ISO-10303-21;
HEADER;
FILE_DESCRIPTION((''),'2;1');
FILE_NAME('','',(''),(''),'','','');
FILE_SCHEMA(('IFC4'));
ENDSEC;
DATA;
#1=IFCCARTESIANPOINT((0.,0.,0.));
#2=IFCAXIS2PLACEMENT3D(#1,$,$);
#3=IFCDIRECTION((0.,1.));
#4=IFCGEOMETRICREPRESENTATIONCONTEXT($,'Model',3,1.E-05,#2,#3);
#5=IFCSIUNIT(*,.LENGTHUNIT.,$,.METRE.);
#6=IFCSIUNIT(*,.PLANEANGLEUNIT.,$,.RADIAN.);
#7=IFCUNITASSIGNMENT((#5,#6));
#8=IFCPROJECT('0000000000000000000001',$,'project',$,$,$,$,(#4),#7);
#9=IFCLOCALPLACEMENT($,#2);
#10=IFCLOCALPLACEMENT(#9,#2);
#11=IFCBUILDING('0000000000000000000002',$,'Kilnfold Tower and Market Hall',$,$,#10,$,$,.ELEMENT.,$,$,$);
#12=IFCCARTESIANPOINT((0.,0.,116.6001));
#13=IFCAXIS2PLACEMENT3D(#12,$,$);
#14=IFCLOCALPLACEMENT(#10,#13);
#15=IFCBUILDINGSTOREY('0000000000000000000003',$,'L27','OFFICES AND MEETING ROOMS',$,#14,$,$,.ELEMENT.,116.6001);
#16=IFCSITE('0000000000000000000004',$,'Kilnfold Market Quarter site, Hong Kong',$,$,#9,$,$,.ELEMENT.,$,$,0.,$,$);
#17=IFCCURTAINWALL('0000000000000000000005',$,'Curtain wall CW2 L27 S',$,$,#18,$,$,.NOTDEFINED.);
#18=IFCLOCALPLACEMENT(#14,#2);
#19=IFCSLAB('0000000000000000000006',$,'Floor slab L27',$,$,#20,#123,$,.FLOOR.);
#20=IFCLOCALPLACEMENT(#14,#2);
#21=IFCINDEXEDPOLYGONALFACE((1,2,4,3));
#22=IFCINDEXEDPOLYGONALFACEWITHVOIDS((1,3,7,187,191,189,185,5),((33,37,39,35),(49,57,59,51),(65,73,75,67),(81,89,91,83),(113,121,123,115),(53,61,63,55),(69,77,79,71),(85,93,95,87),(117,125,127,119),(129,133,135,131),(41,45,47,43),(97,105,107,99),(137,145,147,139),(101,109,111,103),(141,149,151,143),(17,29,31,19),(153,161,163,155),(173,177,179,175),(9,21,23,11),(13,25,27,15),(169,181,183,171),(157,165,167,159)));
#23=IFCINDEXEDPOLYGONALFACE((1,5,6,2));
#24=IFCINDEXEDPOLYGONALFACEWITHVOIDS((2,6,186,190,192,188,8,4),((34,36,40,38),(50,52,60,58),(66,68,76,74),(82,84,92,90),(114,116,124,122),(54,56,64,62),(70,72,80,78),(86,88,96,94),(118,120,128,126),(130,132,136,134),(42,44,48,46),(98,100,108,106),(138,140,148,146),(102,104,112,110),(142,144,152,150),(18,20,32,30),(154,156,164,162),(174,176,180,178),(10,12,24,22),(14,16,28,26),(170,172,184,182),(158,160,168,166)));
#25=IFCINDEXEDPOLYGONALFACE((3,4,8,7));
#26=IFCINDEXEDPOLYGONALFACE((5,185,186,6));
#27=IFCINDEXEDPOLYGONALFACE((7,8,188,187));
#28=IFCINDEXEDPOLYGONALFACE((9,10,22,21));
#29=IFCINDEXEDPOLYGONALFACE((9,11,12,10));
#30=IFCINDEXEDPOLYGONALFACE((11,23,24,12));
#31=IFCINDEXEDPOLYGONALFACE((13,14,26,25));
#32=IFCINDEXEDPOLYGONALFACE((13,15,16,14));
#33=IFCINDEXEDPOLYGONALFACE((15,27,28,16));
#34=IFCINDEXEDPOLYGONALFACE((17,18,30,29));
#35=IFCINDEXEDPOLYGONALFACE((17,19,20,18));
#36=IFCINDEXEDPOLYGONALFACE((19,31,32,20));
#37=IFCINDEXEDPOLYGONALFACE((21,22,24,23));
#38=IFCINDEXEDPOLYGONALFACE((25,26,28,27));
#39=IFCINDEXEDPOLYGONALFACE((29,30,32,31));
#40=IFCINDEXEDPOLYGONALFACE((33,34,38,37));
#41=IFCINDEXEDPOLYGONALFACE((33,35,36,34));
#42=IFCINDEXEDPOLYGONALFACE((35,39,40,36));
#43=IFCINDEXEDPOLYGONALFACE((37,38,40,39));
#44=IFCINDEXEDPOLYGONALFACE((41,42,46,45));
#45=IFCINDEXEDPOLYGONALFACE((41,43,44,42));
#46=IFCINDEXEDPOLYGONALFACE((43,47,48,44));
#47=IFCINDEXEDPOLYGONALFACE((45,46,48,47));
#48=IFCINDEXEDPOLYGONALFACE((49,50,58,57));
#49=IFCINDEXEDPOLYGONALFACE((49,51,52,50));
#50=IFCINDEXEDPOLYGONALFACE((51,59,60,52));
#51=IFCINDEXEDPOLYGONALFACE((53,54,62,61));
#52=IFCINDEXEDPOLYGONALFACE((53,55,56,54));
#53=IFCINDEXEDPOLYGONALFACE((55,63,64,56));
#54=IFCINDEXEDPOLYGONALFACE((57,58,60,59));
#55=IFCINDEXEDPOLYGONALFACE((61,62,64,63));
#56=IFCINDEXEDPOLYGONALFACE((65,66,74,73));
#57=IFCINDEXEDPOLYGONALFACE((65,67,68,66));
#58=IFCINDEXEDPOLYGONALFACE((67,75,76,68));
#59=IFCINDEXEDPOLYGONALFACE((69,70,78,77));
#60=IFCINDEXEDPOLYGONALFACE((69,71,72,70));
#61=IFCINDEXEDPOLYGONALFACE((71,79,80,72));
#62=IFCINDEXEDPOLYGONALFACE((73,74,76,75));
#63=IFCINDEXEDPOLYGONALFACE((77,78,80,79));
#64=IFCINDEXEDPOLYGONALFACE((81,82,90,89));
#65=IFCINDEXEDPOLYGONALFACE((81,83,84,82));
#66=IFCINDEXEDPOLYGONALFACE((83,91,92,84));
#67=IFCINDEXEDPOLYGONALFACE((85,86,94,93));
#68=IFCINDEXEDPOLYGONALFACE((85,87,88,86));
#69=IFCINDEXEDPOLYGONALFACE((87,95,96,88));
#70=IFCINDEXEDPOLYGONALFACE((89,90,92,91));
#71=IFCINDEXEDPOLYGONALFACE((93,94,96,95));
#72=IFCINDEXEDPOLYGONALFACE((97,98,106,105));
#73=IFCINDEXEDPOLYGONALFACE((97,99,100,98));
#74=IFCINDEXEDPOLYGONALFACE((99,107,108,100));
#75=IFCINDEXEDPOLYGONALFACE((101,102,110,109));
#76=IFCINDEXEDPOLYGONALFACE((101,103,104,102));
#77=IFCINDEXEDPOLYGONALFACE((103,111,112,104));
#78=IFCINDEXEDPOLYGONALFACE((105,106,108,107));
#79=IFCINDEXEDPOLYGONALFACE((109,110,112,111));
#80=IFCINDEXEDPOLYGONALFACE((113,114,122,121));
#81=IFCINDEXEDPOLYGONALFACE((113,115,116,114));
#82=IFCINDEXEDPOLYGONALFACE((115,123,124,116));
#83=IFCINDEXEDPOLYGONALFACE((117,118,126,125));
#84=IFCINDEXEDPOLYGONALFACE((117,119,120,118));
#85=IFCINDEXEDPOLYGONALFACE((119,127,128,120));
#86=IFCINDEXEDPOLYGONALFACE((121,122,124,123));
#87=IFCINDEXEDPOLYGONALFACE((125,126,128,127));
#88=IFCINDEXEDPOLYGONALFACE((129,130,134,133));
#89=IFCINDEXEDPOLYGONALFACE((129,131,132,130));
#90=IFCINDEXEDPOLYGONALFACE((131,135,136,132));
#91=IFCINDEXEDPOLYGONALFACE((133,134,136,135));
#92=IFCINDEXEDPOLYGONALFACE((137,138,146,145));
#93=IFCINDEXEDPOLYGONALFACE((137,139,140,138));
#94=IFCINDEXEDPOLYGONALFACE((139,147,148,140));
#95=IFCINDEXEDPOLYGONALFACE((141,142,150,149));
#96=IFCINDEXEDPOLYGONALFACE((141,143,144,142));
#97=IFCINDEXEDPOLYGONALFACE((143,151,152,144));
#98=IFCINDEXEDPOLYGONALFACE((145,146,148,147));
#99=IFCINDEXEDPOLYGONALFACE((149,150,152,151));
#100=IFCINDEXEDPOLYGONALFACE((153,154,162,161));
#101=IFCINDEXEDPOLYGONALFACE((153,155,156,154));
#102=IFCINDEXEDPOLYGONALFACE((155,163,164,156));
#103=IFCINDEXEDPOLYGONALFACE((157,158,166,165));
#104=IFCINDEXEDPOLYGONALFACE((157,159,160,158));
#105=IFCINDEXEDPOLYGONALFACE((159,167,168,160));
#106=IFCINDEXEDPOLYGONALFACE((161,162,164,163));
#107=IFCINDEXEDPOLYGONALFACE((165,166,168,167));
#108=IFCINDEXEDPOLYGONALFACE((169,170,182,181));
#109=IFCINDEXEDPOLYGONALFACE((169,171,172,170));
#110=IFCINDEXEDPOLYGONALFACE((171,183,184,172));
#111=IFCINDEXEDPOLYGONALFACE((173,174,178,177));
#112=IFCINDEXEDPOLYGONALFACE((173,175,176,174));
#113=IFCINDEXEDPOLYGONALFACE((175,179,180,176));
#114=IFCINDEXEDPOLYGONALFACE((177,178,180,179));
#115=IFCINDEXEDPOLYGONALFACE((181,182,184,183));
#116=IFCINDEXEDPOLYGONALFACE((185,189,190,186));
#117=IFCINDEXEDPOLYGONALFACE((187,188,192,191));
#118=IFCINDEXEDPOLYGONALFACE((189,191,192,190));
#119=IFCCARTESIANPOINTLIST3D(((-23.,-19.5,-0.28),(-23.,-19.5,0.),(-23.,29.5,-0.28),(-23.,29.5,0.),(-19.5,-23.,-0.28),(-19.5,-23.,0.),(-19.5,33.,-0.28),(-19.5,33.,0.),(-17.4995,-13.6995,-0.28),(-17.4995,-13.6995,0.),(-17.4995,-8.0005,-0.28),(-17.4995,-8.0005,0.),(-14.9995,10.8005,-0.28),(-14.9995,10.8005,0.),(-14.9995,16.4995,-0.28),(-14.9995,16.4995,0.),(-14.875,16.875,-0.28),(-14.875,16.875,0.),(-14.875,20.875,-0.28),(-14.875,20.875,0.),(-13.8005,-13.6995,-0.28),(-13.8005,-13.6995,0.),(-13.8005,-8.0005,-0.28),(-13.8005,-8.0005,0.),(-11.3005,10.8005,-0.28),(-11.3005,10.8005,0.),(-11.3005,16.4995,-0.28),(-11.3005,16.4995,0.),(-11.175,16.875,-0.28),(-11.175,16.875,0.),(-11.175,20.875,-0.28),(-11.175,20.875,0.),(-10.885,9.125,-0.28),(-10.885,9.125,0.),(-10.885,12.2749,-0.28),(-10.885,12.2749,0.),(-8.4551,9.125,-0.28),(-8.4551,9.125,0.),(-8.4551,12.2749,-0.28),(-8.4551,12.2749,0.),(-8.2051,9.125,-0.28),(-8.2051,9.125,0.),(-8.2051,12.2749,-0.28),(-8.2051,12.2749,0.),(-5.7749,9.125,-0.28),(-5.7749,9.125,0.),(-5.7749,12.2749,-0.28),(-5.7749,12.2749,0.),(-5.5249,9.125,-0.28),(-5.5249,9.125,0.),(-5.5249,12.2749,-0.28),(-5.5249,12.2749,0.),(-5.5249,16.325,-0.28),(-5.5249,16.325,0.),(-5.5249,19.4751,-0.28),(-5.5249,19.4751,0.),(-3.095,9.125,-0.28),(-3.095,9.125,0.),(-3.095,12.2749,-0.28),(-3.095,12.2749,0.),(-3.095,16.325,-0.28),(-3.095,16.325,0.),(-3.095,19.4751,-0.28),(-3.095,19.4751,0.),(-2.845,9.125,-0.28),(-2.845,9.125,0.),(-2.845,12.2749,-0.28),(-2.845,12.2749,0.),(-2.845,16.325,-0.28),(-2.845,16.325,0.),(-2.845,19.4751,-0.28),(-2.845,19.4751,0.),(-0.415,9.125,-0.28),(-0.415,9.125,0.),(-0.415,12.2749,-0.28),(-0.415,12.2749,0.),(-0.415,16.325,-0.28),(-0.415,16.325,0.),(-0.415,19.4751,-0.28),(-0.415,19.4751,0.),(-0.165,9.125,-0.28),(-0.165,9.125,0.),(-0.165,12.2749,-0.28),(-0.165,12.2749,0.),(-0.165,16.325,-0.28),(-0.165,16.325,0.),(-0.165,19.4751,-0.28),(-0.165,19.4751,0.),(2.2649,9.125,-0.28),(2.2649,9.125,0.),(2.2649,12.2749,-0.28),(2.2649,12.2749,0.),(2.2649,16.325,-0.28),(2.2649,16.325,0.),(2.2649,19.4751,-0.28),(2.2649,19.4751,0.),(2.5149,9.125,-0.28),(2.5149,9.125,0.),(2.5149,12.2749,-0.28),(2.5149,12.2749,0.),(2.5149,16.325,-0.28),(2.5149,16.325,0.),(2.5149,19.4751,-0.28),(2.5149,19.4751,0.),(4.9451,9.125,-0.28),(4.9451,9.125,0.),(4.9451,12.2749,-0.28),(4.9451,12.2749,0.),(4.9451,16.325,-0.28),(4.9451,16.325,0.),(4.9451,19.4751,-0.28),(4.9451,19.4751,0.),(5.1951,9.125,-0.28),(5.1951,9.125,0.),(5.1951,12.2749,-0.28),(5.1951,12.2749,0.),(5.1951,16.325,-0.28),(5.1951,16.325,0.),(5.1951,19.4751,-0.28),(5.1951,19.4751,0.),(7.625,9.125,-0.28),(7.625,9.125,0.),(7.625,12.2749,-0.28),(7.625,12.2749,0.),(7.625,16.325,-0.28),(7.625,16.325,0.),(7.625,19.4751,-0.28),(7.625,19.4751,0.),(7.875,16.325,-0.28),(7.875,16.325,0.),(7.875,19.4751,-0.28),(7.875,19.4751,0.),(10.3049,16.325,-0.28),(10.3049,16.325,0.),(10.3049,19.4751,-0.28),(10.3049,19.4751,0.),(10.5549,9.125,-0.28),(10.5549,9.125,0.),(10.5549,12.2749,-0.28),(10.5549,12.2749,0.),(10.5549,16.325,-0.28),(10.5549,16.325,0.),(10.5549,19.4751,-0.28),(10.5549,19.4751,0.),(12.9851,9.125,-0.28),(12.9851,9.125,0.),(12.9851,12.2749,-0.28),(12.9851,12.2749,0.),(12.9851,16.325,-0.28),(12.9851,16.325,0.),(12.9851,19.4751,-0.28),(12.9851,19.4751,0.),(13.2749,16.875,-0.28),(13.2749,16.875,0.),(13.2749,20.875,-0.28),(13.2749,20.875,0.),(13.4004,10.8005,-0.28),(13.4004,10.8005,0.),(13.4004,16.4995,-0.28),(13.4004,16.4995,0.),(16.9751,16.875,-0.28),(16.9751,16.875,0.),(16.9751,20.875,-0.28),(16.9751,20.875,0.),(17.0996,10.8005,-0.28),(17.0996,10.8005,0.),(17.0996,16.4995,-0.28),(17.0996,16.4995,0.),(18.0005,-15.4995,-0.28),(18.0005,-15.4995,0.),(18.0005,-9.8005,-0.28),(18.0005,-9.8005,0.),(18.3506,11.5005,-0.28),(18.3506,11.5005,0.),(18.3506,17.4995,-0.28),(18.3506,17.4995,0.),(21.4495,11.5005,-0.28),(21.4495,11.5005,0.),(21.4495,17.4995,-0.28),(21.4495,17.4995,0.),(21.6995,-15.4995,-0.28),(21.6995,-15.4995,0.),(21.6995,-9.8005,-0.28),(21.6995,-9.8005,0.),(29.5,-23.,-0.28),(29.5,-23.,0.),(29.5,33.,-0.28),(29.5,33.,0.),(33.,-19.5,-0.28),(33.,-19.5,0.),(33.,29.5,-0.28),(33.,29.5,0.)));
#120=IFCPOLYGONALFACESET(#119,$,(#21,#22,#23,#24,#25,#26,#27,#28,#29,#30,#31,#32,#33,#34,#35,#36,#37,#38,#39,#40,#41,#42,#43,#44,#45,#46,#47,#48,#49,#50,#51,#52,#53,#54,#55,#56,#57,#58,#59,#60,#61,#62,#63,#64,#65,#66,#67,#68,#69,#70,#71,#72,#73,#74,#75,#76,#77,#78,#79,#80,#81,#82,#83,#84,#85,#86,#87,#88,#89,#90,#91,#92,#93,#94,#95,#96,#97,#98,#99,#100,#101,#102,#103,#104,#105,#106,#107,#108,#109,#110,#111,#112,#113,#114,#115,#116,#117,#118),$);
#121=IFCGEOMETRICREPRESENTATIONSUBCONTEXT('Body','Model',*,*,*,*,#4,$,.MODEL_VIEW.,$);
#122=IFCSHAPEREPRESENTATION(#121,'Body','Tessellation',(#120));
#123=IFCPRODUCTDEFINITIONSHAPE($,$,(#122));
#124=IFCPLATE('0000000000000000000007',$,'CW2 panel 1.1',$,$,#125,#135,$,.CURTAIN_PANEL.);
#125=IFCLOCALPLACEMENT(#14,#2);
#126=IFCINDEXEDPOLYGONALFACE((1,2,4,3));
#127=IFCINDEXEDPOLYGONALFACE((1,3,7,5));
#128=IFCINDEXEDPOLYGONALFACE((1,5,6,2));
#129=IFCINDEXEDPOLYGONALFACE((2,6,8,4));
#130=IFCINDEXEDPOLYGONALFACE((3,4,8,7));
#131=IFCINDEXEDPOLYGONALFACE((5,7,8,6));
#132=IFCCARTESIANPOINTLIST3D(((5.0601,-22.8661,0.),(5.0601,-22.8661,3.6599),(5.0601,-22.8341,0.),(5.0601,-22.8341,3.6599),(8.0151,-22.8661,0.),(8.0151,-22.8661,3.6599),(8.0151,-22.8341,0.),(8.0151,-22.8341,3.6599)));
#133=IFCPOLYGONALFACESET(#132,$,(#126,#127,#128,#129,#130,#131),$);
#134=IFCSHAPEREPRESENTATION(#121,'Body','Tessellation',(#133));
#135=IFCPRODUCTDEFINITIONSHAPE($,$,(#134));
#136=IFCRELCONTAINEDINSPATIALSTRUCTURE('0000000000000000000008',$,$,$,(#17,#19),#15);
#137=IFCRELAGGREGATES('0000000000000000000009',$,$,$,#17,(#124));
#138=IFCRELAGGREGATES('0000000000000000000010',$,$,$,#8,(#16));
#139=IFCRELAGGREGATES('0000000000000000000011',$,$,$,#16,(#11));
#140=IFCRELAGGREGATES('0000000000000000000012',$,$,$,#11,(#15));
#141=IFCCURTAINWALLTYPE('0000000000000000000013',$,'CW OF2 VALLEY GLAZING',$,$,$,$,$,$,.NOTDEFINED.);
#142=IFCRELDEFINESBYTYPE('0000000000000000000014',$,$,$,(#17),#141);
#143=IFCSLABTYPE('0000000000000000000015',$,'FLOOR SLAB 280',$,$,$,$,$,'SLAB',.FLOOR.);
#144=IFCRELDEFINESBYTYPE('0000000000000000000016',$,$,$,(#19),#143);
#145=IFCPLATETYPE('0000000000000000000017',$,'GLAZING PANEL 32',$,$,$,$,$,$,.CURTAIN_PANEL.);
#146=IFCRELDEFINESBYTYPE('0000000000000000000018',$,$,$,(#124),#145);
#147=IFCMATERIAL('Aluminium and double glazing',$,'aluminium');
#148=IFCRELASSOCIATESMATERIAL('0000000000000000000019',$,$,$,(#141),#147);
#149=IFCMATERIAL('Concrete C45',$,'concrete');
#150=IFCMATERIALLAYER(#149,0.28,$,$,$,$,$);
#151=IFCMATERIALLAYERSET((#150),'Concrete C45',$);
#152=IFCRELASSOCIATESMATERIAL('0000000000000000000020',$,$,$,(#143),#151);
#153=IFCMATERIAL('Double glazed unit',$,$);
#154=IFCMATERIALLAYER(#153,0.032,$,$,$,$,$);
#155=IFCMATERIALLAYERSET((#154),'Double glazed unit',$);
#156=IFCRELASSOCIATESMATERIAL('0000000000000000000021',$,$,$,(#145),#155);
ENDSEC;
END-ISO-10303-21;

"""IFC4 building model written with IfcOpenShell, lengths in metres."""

from ifc_helpers import new_model, si_unit, direction, frame, origin, origin_2d, place, context, subcontext, project, spatial, polyline, rectangle, outline, extrude, source, transform, mapped, material, layer, layer_set, type_object, element, aggregate, save


model = new_model("IFC4")

# Units and contexts
model_context = context("Model", 3, precision=1e-05, world=origin(), true_north=direction((0.0, 1.0)))
body_context = subcontext(model_context, "Body", "Model", "MODEL_VIEW")
ifc_project = project(units=[si_unit("LENGTHUNIT", "METRE"), si_unit("PLANEANGLEUNIT", "RADIAN")], contexts=[model_context])

# Site, building, storey
site_placement = place(None, origin())
site = spatial("IfcSite", under=ifc_project, at=site_placement, Name="Kilnfold Market Quarter site, Hong Kong", CompositionType="ELEMENT", RefElevation=0.0)
building_placement = place(site_placement, origin())
building = spatial("IfcBuilding", under=site, at=building_placement, Name="Kilnfold Tower and Market Hall", CompositionType="ELEMENT")
storey_placement = place(building_placement, frame((0.0, 0.0, 116.6001)))
storey = spatial("IfcBuildingStorey", under=building, at=storey_placement, Name="L27", Description="OFFICES AND MEETING ROOMS", CompositionType="ELEMENT", Elevation=116.6001)

# Curtain wall
ifc_material_1 = material(Name="Aluminium and double glazing", Category="aluminium")
curtain_wall_type = type_object("IfcCurtainWallType", Name="CW OF2 VALLEY GLAZING", PredefinedType="NOTDEFINED", material=ifc_material_1)
curtain_wall_1_placement = place(storey_placement, origin())
curtain_wall_1 = element("IfcCurtainWall", 1, at=curtain_wall_1_placement, inside=storey, type_object=curtain_wall_type, Name="Curtain wall CW2 L27 S", PredefinedType="NOTDEFINED")

# Slab
ifc_material_2 = material(Name="Concrete C45", Category="concrete")
ifc_layer_1 = layer(ifc_material_2, 0.28)
ifc_layer_set_1 = layer_set([ifc_layer_1], Name="Concrete C45")
slab_type_1 = type_object("IfcSlabType", Name="FLOOR SLAB 280", ElementType="SLAB", PredefinedType="FLOOR", material=ifc_layer_set_1)
shared_shape_1 = source(origin(), body_context, "Body", "SweptSolid", [
    extrude(outline(polyline([(-19.5, -23.0), (29.5, -23.0), (33.0, -19.5), (33.0, 29.5), (29.5, 33.0), (-19.5, 33.0), (-23.0, 29.5), (-23.0, -19.5), (-19.5, -23.0)]), holes=[polyline([(-13.8005, -13.6995), (-17.4995, -13.6995), (-17.4995, -8.0005), (-13.8005, -8.0005), (-13.8005, -13.6995)]), polyline([(-14.9995, 10.8005), (-14.9995, 16.4995), (-11.3005, 16.4995), (-11.3005, 10.8005), (-14.9995, 10.8005)]), polyline([(-14.875, 16.875), (-14.875, 20.875), (-11.175, 20.875), (-11.175, 16.875), (-14.875, 16.875)]), polyline([(-8.4551, 9.125), (-10.885, 9.125), (-10.885, 12.2749), (-8.4551, 12.2749), (-8.4551, 9.125)]), polyline([(-5.7749, 9.125), (-8.2051, 9.125), (-8.2051, 12.2749), (-5.7749, 12.2749), (-5.7749, 9.125)]), polyline([(-5.5249, 9.125), (-5.5249, 12.2749), (-3.095, 12.2749), (-3.095, 9.125), (-5.5249, 9.125)]), polyline([(-5.5249, 16.325), (-5.5249, 19.4751), (-3.095, 19.4751), (-3.095, 16.325), (-5.5249, 16.325)]), polyline([(-2.845, 9.125), (-2.845, 12.2749), (-0.415, 12.2749), (-0.415, 9.125), (-2.845, 9.125)]), polyline([(-0.415, 16.325), (-2.845, 16.325), (-2.845, 19.4751), (-0.415, 19.4751), (-0.415, 16.325)]), polyline([(2.2649, 9.125), (-0.165, 9.125), (-0.165, 12.2749), (2.2649, 12.2749), (2.2649, 9.125)]), polyline([(-0.165, 16.325), (-0.165, 19.4751), (2.2649, 19.4751), (2.2649, 16.325), (-0.165, 16.325)]), polyline([(4.9451, 9.125), (2.5149, 9.125), (2.5149, 12.2749), (4.9451, 12.2749), (4.9451, 9.125)]), polyline([(2.5149, 16.325), (2.5149, 19.4751), (4.9451, 19.4751), (4.9451, 16.325), (2.5149, 16.325)]), polyline([(7.625, 9.125), (5.1951, 9.125), (5.1951, 12.2749), (7.625, 12.2749), (7.625, 9.125)]), polyline([(5.1951, 16.325), (5.1951, 19.4751), (7.625, 19.4751), (7.625, 16.325), (5.1951, 16.325)]), polyline([(10.3049, 16.325), (7.875, 16.325), (7.875, 19.4751), (10.3049, 19.4751), (10.3049, 16.325)]), polyline([(10.5549, 9.125), (10.5549, 12.2749), (12.9851, 12.2749), (12.9851, 9.125), (10.5549, 9.125)]), polyline([(10.5549, 16.325), (10.5549, 19.4751), (12.9851, 19.4751), (12.9851, 16.325), (10.5549, 16.325)]), polyline([(13.2749, 16.875), (13.2749, 20.875), (16.9751, 20.875), (16.9751, 16.875), (13.2749, 16.875)]), polyline([(13.4004, 10.8005), (13.4004, 16.4995), (17.0996, 16.4995), (17.0996, 10.8005), (13.4004, 10.8005)]), polyline([(18.0005, -9.8005), (21.6995, -9.8005), (21.6995, -15.4995), (18.0005, -15.4995), (18.0005, -9.8005)]), polyline([(21.4495, 11.5005), (18.3506, 11.5005), (18.3506, 17.4995), (21.4495, 17.4995), (21.4495, 11.5005)])]), origin(), (0.0, 0.0, 1.0), 0.28),
])
slab_1_placement = place(storey_placement, frame((0.0, 0.0, -0.28)))
element("IfcSlab", 2, at=slab_1_placement, inside=storey, type_object=slab_type_1, Name="Floor slab L27", PredefinedType="FLOOR", context=body_context, shape_type="MappedRepresentation", body=[
    mapped(shared_shape_1, transform((0.0, 0.0, 0.0))),
])

# Plate
ifc_material_3 = material(Name="Double glazed unit")
ifc_layer_2 = layer(ifc_material_3, 0.032)
ifc_layer_set_2 = layer_set([ifc_layer_2], Name="Double glazed unit")
plate_type = type_object("IfcPlateType", Name="GLAZING PANEL 32", PredefinedType="CURTAIN_PANEL", material=ifc_layer_set_2)
shared_shape_2 = source(origin(), body_context, "Body", "SweptSolid", [
    extrude(rectangle(XDim=2.9551, YDim=0.032, at=origin_2d()), origin(), (0.0, 0.0, 1.0), 3.6599),
])
plate_placement = place(storey_placement, frame((6.5376, -22.8501, 0.0), z_axis=(0.0, 0.0, 1.0), x_axis=(1.0, 0.0, 0.0)))
plate = element("IfcPlate", 3, at=plate_placement, type_object=plate_type, Name="CW2 panel 1.1", PredefinedType="CURTAIN_PANEL", context=body_context, shape_type="MappedRepresentation", body=[
    mapped(shared_shape_2, transform((0.0, 0.0, 0.0))),
])
aggregate(curtain_wall_1, [plate])

save(model, "model.ifc")
